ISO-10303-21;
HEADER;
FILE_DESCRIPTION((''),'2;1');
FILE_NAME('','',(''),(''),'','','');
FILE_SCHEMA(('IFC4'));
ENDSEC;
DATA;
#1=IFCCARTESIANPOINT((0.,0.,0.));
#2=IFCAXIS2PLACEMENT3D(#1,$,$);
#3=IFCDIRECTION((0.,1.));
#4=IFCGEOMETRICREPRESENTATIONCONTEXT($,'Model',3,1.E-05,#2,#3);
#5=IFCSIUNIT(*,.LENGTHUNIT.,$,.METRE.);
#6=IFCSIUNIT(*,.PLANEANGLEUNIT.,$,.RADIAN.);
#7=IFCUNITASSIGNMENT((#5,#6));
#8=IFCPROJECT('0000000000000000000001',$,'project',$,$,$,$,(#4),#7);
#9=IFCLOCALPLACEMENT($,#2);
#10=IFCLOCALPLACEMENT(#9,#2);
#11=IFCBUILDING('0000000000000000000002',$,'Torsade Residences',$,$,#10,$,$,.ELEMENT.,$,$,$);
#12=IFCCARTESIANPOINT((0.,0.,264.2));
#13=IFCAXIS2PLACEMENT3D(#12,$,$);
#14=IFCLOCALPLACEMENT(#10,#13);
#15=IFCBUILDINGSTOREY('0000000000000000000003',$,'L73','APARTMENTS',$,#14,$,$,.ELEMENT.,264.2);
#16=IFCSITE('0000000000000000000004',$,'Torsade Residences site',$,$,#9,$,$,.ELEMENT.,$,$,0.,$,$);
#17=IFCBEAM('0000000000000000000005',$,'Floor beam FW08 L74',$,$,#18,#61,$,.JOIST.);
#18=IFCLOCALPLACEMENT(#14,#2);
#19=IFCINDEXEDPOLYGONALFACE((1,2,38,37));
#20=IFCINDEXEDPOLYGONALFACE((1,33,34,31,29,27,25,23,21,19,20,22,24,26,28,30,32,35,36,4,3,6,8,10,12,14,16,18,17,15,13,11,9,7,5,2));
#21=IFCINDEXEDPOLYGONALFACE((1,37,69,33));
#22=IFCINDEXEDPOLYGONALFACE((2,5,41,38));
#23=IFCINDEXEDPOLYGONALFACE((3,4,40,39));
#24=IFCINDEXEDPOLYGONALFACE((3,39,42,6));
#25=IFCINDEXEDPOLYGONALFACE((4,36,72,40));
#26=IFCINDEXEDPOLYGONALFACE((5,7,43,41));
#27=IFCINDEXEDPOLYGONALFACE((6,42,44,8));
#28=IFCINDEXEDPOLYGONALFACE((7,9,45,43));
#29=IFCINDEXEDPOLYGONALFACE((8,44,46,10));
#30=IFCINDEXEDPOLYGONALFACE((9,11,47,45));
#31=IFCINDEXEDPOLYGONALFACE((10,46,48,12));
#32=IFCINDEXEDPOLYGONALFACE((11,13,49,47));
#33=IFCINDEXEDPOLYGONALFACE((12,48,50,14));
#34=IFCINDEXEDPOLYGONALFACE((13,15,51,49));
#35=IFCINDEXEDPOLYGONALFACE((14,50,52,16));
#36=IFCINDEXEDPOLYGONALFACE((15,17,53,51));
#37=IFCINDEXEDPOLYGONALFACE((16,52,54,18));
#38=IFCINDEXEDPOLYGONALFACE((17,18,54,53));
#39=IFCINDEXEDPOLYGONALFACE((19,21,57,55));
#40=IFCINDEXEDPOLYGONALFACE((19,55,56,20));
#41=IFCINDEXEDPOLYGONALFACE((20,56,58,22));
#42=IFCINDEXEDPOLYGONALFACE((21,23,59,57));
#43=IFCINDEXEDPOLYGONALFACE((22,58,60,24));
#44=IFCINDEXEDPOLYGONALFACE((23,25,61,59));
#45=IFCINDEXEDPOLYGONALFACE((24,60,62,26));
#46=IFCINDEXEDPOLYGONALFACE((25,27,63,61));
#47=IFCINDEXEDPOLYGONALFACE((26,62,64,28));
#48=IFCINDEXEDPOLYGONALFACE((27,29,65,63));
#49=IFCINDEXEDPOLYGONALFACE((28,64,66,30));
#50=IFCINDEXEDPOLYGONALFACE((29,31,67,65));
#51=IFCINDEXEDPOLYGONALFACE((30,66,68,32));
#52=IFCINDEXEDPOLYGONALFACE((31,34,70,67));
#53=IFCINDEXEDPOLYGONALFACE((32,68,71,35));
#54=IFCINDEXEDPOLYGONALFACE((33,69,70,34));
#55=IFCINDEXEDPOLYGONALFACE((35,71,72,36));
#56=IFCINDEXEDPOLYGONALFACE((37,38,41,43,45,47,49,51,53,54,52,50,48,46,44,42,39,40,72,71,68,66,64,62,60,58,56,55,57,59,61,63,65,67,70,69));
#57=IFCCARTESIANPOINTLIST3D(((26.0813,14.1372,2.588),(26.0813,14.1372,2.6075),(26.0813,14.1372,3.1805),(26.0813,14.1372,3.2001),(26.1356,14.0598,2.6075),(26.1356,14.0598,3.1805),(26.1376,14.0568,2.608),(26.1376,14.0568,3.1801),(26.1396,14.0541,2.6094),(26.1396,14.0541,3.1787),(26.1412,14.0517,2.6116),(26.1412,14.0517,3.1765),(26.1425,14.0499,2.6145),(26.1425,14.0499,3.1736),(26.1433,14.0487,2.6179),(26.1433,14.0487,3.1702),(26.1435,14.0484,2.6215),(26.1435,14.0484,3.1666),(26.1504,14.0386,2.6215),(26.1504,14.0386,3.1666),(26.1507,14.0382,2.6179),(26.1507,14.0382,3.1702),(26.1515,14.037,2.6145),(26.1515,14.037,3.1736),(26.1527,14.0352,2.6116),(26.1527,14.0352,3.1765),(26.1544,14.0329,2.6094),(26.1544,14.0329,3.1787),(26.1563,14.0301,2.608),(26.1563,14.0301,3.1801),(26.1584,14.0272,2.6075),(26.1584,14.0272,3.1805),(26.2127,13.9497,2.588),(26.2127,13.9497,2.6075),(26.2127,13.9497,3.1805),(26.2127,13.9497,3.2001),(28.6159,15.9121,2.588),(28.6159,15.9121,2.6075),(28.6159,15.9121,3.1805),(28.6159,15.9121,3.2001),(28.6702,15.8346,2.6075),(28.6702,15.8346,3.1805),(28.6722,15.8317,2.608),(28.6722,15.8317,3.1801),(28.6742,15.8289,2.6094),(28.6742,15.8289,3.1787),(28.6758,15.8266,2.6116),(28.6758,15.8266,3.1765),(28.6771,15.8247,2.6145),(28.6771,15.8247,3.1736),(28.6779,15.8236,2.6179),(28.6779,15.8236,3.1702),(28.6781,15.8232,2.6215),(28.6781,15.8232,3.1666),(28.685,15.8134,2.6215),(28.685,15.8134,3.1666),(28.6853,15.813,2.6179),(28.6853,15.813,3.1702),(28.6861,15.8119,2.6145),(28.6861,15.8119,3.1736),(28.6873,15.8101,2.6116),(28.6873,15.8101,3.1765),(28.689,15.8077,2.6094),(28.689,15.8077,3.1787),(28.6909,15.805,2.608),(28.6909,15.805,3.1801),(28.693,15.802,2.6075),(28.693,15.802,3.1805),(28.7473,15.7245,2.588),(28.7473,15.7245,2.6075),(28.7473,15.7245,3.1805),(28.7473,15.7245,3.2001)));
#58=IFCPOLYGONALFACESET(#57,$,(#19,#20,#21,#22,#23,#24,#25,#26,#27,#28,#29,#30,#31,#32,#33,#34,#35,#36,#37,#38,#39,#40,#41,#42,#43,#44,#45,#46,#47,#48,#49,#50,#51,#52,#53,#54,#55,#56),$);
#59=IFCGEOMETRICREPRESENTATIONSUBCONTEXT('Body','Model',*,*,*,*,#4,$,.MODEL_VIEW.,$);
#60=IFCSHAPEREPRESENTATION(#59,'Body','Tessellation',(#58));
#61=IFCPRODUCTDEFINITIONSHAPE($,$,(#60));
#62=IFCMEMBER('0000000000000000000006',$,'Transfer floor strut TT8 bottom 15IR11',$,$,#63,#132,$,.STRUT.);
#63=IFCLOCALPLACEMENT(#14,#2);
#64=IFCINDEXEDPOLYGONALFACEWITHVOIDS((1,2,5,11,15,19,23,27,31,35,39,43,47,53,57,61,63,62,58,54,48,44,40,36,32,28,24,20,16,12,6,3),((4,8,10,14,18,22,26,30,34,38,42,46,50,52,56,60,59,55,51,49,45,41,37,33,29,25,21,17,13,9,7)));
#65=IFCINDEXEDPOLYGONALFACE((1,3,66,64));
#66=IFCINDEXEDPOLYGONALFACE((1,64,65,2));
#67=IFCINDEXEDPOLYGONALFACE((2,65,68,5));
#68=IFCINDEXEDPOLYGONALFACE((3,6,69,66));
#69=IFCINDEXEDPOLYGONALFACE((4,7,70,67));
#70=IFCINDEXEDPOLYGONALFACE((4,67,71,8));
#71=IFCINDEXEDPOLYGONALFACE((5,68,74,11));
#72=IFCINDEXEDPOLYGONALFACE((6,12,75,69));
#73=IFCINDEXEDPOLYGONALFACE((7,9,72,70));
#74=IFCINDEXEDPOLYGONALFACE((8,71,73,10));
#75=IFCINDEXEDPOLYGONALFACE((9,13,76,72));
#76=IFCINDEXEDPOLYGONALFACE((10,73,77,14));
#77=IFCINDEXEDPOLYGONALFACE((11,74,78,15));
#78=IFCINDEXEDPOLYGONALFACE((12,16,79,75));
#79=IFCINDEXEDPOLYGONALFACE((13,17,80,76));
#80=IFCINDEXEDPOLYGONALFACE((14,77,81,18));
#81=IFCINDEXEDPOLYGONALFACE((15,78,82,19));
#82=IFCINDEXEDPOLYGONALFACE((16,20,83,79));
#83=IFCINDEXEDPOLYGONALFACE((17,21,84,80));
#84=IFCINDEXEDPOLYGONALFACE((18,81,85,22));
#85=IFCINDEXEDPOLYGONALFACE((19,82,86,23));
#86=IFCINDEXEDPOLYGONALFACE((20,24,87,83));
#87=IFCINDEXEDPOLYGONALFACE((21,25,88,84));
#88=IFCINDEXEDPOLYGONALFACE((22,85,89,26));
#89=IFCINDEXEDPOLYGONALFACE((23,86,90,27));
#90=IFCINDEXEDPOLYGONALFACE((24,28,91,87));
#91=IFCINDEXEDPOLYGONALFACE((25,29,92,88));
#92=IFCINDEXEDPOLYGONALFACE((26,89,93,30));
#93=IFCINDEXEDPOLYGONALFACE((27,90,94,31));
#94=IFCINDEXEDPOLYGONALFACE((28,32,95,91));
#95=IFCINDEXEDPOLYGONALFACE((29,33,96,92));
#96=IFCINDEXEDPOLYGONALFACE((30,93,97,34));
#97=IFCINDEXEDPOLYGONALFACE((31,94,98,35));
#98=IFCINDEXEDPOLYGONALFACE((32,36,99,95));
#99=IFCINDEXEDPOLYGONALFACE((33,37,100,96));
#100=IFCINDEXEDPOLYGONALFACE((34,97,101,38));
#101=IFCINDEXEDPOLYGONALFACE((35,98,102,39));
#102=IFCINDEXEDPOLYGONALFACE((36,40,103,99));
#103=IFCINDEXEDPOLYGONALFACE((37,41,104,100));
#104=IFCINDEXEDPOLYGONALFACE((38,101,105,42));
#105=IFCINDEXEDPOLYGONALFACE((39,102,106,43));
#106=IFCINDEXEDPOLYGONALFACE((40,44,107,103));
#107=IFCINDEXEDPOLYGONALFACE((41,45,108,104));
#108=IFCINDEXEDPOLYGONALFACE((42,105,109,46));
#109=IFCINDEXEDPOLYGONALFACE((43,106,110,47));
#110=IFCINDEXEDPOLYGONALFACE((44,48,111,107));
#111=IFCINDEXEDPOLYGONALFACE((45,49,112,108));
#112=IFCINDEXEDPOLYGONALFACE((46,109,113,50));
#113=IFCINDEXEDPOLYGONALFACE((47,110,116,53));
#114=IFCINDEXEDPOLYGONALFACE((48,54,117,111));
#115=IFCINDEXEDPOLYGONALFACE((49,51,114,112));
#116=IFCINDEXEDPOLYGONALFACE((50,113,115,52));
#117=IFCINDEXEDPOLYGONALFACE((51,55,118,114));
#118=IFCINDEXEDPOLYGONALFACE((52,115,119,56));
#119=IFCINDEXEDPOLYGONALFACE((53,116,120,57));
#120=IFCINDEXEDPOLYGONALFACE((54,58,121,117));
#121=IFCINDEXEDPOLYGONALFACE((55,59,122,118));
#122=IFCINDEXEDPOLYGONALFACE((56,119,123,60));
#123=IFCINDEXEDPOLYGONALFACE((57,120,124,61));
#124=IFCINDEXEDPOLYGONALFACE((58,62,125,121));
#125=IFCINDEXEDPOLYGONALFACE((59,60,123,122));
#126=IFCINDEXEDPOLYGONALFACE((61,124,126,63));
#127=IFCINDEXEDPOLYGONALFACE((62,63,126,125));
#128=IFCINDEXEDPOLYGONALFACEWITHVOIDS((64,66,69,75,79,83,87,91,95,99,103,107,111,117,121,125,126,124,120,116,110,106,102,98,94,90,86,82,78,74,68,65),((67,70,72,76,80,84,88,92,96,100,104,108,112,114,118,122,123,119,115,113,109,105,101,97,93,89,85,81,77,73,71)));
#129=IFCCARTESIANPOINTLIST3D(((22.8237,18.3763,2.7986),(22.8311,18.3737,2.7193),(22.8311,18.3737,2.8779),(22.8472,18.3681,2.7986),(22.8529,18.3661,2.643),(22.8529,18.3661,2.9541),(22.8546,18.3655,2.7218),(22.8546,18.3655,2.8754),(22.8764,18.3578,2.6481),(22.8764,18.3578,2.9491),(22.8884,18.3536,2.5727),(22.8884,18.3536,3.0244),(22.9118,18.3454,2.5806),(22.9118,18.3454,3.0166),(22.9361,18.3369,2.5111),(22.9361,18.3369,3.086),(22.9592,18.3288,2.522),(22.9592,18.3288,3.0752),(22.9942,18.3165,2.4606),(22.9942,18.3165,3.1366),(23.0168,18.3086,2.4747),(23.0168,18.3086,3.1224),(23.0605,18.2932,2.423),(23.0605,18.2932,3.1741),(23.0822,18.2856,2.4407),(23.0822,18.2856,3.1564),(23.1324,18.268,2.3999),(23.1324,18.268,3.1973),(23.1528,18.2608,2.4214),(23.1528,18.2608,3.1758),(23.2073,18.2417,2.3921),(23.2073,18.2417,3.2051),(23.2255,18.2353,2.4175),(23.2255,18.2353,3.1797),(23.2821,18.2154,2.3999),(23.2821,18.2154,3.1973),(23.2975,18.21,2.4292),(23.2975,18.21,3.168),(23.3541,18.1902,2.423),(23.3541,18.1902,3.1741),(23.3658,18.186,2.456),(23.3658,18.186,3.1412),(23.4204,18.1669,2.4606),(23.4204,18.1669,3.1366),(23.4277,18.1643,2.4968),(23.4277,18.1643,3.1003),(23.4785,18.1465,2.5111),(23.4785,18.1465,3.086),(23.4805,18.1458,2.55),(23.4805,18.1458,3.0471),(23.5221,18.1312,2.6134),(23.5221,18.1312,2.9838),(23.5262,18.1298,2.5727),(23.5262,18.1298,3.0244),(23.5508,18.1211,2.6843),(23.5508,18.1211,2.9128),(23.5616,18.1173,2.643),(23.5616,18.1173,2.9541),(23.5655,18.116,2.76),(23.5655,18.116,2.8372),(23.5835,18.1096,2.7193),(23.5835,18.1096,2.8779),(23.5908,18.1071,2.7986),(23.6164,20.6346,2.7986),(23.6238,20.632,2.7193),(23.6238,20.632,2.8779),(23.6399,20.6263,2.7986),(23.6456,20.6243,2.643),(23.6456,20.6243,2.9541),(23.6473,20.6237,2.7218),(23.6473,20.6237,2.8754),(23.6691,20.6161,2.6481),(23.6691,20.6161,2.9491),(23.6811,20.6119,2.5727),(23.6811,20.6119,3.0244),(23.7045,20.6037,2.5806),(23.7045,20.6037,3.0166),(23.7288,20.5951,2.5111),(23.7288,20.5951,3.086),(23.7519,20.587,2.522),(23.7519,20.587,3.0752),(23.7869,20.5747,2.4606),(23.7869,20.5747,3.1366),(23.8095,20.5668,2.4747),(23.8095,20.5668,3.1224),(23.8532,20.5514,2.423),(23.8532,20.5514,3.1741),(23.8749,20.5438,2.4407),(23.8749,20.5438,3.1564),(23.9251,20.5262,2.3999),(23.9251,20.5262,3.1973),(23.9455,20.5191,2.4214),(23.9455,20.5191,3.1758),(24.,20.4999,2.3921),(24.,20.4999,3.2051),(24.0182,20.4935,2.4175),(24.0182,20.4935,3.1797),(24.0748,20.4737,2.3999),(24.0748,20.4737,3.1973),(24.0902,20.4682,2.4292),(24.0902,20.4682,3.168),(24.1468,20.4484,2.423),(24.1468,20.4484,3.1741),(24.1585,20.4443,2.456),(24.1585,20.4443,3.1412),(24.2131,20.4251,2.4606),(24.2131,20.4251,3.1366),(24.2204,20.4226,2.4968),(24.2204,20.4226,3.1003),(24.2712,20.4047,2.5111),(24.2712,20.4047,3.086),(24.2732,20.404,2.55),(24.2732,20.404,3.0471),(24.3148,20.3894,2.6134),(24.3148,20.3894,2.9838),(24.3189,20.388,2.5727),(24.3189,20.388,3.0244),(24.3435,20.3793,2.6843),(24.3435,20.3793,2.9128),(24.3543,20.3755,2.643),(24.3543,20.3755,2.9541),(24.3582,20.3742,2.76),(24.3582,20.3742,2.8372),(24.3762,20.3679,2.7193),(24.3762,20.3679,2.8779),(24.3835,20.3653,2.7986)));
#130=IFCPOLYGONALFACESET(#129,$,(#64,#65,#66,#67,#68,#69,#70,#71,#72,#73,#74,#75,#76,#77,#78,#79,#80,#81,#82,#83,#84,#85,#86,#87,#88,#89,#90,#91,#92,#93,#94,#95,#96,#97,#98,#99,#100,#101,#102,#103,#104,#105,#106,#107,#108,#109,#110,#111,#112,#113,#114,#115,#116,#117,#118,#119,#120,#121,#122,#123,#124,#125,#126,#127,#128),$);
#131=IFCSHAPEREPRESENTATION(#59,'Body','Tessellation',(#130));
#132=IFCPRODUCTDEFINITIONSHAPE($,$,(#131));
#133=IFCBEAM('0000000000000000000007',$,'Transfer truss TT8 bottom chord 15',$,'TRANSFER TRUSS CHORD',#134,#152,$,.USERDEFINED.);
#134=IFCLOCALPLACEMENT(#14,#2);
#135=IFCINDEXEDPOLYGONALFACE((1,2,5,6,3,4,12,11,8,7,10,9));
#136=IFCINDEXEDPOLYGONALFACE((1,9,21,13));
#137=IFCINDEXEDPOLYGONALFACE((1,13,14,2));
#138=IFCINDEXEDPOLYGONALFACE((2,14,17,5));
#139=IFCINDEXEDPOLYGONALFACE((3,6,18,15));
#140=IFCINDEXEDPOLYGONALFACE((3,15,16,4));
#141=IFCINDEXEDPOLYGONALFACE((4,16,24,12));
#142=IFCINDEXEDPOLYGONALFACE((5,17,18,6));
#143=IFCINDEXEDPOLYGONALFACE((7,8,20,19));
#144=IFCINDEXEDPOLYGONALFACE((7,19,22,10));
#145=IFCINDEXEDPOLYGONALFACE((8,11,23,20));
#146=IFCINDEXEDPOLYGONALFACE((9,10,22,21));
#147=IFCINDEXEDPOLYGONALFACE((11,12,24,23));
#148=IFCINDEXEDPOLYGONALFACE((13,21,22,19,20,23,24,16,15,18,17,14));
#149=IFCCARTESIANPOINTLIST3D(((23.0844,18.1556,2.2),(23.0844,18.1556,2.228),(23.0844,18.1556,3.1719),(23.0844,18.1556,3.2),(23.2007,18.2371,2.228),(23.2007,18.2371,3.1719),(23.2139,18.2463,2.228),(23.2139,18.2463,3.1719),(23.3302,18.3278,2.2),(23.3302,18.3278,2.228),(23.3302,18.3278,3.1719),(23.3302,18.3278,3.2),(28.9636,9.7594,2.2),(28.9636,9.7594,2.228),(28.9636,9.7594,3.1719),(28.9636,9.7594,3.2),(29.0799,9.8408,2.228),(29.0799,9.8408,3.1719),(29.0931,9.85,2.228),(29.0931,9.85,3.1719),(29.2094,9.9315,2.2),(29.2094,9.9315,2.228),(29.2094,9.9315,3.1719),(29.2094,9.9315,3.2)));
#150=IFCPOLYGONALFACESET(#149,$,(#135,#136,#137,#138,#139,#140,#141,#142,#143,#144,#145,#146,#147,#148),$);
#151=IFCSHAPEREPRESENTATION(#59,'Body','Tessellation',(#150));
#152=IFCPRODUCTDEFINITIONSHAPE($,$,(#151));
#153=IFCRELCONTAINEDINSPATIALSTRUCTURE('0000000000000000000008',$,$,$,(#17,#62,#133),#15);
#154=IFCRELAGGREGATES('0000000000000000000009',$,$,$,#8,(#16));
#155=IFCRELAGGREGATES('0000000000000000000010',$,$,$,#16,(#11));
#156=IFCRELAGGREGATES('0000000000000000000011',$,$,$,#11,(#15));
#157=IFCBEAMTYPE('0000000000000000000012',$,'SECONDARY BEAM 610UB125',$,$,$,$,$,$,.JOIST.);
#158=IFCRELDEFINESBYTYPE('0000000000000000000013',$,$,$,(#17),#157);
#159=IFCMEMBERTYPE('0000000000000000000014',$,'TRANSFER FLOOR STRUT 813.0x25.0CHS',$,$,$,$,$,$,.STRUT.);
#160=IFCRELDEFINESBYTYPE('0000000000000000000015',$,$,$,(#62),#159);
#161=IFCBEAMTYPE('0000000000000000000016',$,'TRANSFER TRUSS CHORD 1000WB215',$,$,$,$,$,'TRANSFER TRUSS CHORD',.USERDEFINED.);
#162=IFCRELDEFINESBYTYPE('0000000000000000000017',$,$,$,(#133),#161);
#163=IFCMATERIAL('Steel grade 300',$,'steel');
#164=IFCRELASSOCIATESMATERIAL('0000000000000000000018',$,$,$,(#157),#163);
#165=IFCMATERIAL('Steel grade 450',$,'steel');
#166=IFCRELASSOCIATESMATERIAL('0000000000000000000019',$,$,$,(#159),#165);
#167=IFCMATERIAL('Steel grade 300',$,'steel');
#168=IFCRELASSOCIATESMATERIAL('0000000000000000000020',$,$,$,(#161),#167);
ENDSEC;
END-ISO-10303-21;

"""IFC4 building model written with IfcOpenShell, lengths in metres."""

from ifc_helpers import new_model, si_unit, direction, frame, origin, origin_2d, place, context, subcontext, project, spatial, hollow_circle, i_section, extrude, material, material_profile, profile_set, type_object, element, save


model = new_model("IFC4")

# Units and contexts
model_context = context("Model", 3, precision=1e-05, world=origin(), true_north=direction((0.0, 1.0)))
body_context = subcontext(model_context, "Body", "Model", "MODEL_VIEW")
ifc_project = project(units=[si_unit("LENGTHUNIT", "METRE"), si_unit("PLANEANGLEUNIT", "RADIAN")], contexts=[model_context])

# Site, building, storey
site_placement = place(None, origin())
site = spatial("IfcSite", under=ifc_project, at=site_placement, Name="Torsade Residences site", CompositionType="ELEMENT", RefElevation=0.0)
building_placement = place(site_placement, origin())
building = spatial("IfcBuilding", under=site, at=building_placement, Name="Torsade Residences", CompositionType="ELEMENT")
storey_placement = place(building_placement, frame((0.0, 0.0, 264.2)))
storey = spatial("IfcBuildingStorey", under=building, at=storey_placement, Name="L73", Description="APARTMENTS", CompositionType="ELEMENT", Elevation=264.2)

# Beam
ifc_material_1 = material(Name="Steel grade 300", Category="steel")
ifc_material_profile_1 = material_profile(ifc_material_1, i_section(OverallWidth=0.229, OverallDepth=0.6121, WebThickness=0.012, FlangeThickness=0.0195, FilletRadius=0.0139, at=origin_2d()), Name="610UB125")
ifc_profile_set_1 = profile_set([ifc_material_profile_1], Name="Steel grade 300")
beam_type_1 = type_object("IfcBeamType", Name="SECONDARY BEAM 610UB125", PredefinedType="JOIST", material=ifc_profile_set_1)
beam_1_placement = place(storey_placement, frame((26.147, 14.0435, 2.894), z_axis=(0.819136, 0.5736, 0.0), x_axis=(-0.5736, 0.819136, 0.0)))
element("IfcBeam", 1, at=beam_1_placement, inside=storey, type_object=beam_type_1, Name="Floor beam FW08 L74", PredefinedType="JOIST", context=body_context, shape_type="SweptSolid", body=[
    extrude(i_section(OverallWidth=0.229, OverallDepth=0.6121, WebThickness=0.012, FlangeThickness=0.0195, FilletRadius=0.0139, at=origin_2d()), origin(), (0.0, 0.0, 1.0), 3.0942),
])

# Member
ifc_material_2 = material(Name="Steel grade 450", Category="steel")
ifc_material_profile_2 = material_profile(ifc_material_2, hollow_circle(Radius=0.4065, WallThickness=0.0249, at=origin_2d()), Name="813.0x25.0CHS")
ifc_profile_set_2 = profile_set([ifc_material_profile_2], Name="Steel grade 450")
member_type_1 = type_object("IfcMemberType", Name="TRANSFER FLOOR STRUT 813.0x25.0CHS", PredefinedType="STRUT", material=ifc_profile_set_2)
member_1_placement = place(storey_placement, frame((23.2073, 18.2417, 2.7986), z_axis=(0.331214, 0.943556, 0.0), x_axis=(-0.943556, 0.331214, 0.0)))
element("IfcMember", 2, at=member_1_placement, inside=storey, type_object=member_type_1, Name="Transfer floor strut TT8 bottom 15IR11", PredefinedType="STRUT", context=body_context, shape_type="SweptSolid", body=[
    extrude(hollow_circle(Radius=0.4065, WallThickness=0.0249, at=origin_2d()), origin(), (0.0, 0.0, 1.0), 2.3933),
])

# Beam
ifc_material_3 = material(Name="Steel grade 300", Category="steel")
ifc_material_profile_3 = material_profile(ifc_material_3, i_section(OverallWidth=0.3, OverallDepth=1.0, WebThickness=0.0161, FlangeThickness=0.0281, at=origin_2d()), Name="1000WB215")
ifc_profile_set_3 = profile_set([ifc_material_profile_3], Name="Steel grade 300")
beam_type_2 = type_object("IfcBeamType", Name="TRANSFER TRUSS CHORD 1000WB215", ElementType="TRANSFER TRUSS CHORD", PredefinedType="USERDEFINED", material=ifc_profile_set_3)
beam_2_placement = place(storey_placement, frame((23.2073, 18.2417, 2.7), z_axis=(0.573579, -0.81915, 0.0), x_axis=(0.81915, 0.573579, 0.0)))
element("IfcBeam", 3, at=beam_2_placement, inside=storey, type_object=beam_type_2, Name="Transfer truss TT8 bottom chord 15", ObjectType="TRANSFER TRUSS CHORD", PredefinedType="USERDEFINED", context=body_context, shape_type="SweptSolid", body=[
    extrude(i_section(OverallWidth=0.3, OverallDepth=1.0, WebThickness=0.0161, FlangeThickness=0.0281, at=origin_2d()), origin(), (0.0, 0.0, 1.0), 10.25),
])

save(model, "model.ifc")
